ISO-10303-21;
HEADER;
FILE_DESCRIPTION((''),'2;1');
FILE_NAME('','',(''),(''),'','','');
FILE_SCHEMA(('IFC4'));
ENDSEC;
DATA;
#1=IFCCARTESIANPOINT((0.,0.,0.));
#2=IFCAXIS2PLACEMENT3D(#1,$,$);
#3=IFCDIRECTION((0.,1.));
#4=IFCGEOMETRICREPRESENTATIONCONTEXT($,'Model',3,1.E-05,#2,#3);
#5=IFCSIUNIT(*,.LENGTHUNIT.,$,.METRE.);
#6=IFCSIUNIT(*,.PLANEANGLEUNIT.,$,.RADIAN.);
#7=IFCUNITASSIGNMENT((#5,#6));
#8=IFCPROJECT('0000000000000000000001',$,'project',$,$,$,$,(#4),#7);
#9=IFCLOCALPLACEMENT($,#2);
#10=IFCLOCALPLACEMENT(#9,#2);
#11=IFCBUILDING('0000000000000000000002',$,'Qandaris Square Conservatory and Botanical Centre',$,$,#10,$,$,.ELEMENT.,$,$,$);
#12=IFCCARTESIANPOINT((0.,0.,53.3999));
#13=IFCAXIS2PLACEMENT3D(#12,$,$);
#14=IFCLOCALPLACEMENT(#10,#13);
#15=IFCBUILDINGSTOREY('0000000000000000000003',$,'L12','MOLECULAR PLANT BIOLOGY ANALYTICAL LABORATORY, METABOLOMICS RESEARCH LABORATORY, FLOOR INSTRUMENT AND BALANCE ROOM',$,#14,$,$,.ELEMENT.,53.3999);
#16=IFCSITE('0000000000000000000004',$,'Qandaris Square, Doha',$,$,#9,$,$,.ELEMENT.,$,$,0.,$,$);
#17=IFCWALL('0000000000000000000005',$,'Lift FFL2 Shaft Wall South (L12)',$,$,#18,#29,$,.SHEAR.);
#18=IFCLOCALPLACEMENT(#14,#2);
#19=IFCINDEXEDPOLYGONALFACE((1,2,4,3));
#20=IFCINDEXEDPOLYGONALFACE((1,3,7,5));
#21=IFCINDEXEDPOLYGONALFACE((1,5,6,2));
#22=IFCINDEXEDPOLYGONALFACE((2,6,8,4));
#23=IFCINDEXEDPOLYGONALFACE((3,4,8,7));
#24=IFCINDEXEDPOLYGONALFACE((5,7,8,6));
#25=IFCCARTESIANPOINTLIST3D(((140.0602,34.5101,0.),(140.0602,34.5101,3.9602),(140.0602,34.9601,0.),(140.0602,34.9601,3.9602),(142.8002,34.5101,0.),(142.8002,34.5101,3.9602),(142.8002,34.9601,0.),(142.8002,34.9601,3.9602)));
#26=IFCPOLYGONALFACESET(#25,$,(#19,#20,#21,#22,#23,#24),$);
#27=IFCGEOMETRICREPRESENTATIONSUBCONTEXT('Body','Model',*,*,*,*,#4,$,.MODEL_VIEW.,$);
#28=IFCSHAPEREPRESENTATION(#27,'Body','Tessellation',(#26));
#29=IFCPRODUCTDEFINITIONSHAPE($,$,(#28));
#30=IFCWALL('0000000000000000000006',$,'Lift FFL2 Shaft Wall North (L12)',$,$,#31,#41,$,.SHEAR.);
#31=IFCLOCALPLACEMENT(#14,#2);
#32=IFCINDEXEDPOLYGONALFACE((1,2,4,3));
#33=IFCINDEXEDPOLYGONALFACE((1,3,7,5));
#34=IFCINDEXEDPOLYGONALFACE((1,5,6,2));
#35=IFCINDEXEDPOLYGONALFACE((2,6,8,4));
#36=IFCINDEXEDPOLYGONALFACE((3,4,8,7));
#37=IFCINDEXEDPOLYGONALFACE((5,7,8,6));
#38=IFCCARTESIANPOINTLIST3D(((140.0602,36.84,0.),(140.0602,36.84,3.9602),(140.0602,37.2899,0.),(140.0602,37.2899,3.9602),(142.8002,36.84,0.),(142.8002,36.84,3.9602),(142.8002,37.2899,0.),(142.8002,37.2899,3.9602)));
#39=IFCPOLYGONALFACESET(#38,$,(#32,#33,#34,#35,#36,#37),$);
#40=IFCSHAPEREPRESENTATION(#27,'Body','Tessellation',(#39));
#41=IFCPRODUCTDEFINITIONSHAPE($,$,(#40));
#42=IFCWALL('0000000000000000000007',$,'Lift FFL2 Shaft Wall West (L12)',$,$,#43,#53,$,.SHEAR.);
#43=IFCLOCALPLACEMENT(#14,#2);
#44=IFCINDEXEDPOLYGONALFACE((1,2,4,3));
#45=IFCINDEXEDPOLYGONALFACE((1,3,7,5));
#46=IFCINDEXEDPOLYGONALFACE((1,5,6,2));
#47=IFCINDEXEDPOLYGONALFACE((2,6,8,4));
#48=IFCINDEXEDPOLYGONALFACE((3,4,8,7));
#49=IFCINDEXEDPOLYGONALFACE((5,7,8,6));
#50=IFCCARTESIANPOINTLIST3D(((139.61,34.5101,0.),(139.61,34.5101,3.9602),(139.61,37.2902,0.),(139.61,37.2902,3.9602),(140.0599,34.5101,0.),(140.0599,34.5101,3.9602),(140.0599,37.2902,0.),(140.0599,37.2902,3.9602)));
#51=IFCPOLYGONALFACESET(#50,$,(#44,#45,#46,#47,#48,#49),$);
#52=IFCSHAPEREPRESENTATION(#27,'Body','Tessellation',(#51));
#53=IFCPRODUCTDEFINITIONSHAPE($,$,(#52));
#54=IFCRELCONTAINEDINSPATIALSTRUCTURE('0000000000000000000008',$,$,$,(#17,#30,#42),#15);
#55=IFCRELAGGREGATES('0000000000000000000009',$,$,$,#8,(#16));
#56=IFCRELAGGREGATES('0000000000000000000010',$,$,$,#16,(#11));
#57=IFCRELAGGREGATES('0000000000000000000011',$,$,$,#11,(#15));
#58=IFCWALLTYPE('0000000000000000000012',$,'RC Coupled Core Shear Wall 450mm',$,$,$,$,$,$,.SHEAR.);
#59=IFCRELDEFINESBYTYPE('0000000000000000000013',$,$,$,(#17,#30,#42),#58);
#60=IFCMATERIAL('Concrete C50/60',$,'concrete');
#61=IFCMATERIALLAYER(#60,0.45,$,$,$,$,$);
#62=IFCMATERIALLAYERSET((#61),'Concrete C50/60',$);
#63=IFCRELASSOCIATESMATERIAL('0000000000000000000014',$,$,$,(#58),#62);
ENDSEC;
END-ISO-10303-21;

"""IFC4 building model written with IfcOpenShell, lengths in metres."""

from ifc_helpers import new_model, si_unit, direction, frame, frame_2d, origin, place, context, subcontext, project, spatial, rectangle, extrude, material, layer, layer_set, type_object, element, save


model = new_model("IFC4")

# Units and contexts
model_context = context("Model", 3, precision=1e-05, world=origin(), true_north=direction((0.0, 1.0)))
body_context = subcontext(model_context, "Body", "Model", "MODEL_VIEW")
ifc_project = project(units=[si_unit("LENGTHUNIT", "METRE"), si_unit("PLANEANGLEUNIT", "RADIAN")], contexts=[model_context])

# Site, building, storey
site_placement = place(None, origin())
site = spatial("IfcSite", under=ifc_project, at=site_placement, Name="Qandaris Square, Doha", CompositionType="ELEMENT", RefElevation=0.0)
building_placement = place(site_placement, origin())
building = spatial("IfcBuilding", under=site, at=building_placement, Name="Qandaris Square Conservatory and Botanical Centre", CompositionType="ELEMENT")
storey_placement = place(building_placement, frame((0.0, 0.0, 53.3999)))
storey = spatial("IfcBuildingStorey", under=building, at=storey_placement, Name="L12", Description="MOLECULAR PLANT BIOLOGY ANALYTICAL LABORATORY, METABOLOMICS RESEARCH LABORATORY, FLOOR INSTRUMENT AND BALANCE ROOM", CompositionType="ELEMENT", Elevation=53.3999)

# Shared definitions
ifc_material_1 = material(Name="Concrete C50/60", Category="concrete")

# Walls
ifc_layer_1 = layer(ifc_material_1, 0.45)
ifc_layer_set_1 = layer_set([ifc_layer_1], Name="Concrete C50/60")
wall_type = type_object("IfcWallType", Name="RC Coupled Core Shear Wall 450mm", PredefinedType="SHEAR", material=ifc_layer_set_1)
for number, where, z_axis, x_axis, name in (
    (1, (140.0601, 34.7351, 0.0), (0.0, 0.0, 1.0), (1.0, 0.0, 0.0), "Lift FFL2 Shaft Wall South (L12)"),
    (2, (140.0601, 37.0649, 0.0), (0.0, 0.0, 1.0), (1.0, 0.0, 0.0), "Lift FFL2 Shaft Wall North (L12)"),
):
    element("IfcWall", number, at=place(storey_placement, frame(where, z_axis=z_axis, x_axis=x_axis)), inside=storey, type_object=wall_type, Name=name, PredefinedType="SHEAR", context=body_context, shape_type="SweptSolid", body=[
        extrude(rectangle(XDim=2.74, YDim=0.45, at=frame_2d((1.3701, 0.0))), origin(), (0.0, 0.0, 1.0), 3.9602),
    ])
wall_placement = place(storey_placement, frame((139.835, 34.51, 0.0), z_axis=(0.0, 0.0, 1.0), x_axis=(0.0, 1.0, 0.0)))
element("IfcWall", 3, at=wall_placement, inside=storey, type_object=wall_type, Name="Lift FFL2 Shaft Wall West (L12)", PredefinedType="SHEAR", context=body_context, shape_type="SweptSolid", body=[
    extrude(rectangle(XDim=2.78, YDim=0.45, at=frame_2d((1.3901, 0.0))), origin(), (0.0, 0.0, 1.0), 3.9602),
])

save(model, "model.ifc")
